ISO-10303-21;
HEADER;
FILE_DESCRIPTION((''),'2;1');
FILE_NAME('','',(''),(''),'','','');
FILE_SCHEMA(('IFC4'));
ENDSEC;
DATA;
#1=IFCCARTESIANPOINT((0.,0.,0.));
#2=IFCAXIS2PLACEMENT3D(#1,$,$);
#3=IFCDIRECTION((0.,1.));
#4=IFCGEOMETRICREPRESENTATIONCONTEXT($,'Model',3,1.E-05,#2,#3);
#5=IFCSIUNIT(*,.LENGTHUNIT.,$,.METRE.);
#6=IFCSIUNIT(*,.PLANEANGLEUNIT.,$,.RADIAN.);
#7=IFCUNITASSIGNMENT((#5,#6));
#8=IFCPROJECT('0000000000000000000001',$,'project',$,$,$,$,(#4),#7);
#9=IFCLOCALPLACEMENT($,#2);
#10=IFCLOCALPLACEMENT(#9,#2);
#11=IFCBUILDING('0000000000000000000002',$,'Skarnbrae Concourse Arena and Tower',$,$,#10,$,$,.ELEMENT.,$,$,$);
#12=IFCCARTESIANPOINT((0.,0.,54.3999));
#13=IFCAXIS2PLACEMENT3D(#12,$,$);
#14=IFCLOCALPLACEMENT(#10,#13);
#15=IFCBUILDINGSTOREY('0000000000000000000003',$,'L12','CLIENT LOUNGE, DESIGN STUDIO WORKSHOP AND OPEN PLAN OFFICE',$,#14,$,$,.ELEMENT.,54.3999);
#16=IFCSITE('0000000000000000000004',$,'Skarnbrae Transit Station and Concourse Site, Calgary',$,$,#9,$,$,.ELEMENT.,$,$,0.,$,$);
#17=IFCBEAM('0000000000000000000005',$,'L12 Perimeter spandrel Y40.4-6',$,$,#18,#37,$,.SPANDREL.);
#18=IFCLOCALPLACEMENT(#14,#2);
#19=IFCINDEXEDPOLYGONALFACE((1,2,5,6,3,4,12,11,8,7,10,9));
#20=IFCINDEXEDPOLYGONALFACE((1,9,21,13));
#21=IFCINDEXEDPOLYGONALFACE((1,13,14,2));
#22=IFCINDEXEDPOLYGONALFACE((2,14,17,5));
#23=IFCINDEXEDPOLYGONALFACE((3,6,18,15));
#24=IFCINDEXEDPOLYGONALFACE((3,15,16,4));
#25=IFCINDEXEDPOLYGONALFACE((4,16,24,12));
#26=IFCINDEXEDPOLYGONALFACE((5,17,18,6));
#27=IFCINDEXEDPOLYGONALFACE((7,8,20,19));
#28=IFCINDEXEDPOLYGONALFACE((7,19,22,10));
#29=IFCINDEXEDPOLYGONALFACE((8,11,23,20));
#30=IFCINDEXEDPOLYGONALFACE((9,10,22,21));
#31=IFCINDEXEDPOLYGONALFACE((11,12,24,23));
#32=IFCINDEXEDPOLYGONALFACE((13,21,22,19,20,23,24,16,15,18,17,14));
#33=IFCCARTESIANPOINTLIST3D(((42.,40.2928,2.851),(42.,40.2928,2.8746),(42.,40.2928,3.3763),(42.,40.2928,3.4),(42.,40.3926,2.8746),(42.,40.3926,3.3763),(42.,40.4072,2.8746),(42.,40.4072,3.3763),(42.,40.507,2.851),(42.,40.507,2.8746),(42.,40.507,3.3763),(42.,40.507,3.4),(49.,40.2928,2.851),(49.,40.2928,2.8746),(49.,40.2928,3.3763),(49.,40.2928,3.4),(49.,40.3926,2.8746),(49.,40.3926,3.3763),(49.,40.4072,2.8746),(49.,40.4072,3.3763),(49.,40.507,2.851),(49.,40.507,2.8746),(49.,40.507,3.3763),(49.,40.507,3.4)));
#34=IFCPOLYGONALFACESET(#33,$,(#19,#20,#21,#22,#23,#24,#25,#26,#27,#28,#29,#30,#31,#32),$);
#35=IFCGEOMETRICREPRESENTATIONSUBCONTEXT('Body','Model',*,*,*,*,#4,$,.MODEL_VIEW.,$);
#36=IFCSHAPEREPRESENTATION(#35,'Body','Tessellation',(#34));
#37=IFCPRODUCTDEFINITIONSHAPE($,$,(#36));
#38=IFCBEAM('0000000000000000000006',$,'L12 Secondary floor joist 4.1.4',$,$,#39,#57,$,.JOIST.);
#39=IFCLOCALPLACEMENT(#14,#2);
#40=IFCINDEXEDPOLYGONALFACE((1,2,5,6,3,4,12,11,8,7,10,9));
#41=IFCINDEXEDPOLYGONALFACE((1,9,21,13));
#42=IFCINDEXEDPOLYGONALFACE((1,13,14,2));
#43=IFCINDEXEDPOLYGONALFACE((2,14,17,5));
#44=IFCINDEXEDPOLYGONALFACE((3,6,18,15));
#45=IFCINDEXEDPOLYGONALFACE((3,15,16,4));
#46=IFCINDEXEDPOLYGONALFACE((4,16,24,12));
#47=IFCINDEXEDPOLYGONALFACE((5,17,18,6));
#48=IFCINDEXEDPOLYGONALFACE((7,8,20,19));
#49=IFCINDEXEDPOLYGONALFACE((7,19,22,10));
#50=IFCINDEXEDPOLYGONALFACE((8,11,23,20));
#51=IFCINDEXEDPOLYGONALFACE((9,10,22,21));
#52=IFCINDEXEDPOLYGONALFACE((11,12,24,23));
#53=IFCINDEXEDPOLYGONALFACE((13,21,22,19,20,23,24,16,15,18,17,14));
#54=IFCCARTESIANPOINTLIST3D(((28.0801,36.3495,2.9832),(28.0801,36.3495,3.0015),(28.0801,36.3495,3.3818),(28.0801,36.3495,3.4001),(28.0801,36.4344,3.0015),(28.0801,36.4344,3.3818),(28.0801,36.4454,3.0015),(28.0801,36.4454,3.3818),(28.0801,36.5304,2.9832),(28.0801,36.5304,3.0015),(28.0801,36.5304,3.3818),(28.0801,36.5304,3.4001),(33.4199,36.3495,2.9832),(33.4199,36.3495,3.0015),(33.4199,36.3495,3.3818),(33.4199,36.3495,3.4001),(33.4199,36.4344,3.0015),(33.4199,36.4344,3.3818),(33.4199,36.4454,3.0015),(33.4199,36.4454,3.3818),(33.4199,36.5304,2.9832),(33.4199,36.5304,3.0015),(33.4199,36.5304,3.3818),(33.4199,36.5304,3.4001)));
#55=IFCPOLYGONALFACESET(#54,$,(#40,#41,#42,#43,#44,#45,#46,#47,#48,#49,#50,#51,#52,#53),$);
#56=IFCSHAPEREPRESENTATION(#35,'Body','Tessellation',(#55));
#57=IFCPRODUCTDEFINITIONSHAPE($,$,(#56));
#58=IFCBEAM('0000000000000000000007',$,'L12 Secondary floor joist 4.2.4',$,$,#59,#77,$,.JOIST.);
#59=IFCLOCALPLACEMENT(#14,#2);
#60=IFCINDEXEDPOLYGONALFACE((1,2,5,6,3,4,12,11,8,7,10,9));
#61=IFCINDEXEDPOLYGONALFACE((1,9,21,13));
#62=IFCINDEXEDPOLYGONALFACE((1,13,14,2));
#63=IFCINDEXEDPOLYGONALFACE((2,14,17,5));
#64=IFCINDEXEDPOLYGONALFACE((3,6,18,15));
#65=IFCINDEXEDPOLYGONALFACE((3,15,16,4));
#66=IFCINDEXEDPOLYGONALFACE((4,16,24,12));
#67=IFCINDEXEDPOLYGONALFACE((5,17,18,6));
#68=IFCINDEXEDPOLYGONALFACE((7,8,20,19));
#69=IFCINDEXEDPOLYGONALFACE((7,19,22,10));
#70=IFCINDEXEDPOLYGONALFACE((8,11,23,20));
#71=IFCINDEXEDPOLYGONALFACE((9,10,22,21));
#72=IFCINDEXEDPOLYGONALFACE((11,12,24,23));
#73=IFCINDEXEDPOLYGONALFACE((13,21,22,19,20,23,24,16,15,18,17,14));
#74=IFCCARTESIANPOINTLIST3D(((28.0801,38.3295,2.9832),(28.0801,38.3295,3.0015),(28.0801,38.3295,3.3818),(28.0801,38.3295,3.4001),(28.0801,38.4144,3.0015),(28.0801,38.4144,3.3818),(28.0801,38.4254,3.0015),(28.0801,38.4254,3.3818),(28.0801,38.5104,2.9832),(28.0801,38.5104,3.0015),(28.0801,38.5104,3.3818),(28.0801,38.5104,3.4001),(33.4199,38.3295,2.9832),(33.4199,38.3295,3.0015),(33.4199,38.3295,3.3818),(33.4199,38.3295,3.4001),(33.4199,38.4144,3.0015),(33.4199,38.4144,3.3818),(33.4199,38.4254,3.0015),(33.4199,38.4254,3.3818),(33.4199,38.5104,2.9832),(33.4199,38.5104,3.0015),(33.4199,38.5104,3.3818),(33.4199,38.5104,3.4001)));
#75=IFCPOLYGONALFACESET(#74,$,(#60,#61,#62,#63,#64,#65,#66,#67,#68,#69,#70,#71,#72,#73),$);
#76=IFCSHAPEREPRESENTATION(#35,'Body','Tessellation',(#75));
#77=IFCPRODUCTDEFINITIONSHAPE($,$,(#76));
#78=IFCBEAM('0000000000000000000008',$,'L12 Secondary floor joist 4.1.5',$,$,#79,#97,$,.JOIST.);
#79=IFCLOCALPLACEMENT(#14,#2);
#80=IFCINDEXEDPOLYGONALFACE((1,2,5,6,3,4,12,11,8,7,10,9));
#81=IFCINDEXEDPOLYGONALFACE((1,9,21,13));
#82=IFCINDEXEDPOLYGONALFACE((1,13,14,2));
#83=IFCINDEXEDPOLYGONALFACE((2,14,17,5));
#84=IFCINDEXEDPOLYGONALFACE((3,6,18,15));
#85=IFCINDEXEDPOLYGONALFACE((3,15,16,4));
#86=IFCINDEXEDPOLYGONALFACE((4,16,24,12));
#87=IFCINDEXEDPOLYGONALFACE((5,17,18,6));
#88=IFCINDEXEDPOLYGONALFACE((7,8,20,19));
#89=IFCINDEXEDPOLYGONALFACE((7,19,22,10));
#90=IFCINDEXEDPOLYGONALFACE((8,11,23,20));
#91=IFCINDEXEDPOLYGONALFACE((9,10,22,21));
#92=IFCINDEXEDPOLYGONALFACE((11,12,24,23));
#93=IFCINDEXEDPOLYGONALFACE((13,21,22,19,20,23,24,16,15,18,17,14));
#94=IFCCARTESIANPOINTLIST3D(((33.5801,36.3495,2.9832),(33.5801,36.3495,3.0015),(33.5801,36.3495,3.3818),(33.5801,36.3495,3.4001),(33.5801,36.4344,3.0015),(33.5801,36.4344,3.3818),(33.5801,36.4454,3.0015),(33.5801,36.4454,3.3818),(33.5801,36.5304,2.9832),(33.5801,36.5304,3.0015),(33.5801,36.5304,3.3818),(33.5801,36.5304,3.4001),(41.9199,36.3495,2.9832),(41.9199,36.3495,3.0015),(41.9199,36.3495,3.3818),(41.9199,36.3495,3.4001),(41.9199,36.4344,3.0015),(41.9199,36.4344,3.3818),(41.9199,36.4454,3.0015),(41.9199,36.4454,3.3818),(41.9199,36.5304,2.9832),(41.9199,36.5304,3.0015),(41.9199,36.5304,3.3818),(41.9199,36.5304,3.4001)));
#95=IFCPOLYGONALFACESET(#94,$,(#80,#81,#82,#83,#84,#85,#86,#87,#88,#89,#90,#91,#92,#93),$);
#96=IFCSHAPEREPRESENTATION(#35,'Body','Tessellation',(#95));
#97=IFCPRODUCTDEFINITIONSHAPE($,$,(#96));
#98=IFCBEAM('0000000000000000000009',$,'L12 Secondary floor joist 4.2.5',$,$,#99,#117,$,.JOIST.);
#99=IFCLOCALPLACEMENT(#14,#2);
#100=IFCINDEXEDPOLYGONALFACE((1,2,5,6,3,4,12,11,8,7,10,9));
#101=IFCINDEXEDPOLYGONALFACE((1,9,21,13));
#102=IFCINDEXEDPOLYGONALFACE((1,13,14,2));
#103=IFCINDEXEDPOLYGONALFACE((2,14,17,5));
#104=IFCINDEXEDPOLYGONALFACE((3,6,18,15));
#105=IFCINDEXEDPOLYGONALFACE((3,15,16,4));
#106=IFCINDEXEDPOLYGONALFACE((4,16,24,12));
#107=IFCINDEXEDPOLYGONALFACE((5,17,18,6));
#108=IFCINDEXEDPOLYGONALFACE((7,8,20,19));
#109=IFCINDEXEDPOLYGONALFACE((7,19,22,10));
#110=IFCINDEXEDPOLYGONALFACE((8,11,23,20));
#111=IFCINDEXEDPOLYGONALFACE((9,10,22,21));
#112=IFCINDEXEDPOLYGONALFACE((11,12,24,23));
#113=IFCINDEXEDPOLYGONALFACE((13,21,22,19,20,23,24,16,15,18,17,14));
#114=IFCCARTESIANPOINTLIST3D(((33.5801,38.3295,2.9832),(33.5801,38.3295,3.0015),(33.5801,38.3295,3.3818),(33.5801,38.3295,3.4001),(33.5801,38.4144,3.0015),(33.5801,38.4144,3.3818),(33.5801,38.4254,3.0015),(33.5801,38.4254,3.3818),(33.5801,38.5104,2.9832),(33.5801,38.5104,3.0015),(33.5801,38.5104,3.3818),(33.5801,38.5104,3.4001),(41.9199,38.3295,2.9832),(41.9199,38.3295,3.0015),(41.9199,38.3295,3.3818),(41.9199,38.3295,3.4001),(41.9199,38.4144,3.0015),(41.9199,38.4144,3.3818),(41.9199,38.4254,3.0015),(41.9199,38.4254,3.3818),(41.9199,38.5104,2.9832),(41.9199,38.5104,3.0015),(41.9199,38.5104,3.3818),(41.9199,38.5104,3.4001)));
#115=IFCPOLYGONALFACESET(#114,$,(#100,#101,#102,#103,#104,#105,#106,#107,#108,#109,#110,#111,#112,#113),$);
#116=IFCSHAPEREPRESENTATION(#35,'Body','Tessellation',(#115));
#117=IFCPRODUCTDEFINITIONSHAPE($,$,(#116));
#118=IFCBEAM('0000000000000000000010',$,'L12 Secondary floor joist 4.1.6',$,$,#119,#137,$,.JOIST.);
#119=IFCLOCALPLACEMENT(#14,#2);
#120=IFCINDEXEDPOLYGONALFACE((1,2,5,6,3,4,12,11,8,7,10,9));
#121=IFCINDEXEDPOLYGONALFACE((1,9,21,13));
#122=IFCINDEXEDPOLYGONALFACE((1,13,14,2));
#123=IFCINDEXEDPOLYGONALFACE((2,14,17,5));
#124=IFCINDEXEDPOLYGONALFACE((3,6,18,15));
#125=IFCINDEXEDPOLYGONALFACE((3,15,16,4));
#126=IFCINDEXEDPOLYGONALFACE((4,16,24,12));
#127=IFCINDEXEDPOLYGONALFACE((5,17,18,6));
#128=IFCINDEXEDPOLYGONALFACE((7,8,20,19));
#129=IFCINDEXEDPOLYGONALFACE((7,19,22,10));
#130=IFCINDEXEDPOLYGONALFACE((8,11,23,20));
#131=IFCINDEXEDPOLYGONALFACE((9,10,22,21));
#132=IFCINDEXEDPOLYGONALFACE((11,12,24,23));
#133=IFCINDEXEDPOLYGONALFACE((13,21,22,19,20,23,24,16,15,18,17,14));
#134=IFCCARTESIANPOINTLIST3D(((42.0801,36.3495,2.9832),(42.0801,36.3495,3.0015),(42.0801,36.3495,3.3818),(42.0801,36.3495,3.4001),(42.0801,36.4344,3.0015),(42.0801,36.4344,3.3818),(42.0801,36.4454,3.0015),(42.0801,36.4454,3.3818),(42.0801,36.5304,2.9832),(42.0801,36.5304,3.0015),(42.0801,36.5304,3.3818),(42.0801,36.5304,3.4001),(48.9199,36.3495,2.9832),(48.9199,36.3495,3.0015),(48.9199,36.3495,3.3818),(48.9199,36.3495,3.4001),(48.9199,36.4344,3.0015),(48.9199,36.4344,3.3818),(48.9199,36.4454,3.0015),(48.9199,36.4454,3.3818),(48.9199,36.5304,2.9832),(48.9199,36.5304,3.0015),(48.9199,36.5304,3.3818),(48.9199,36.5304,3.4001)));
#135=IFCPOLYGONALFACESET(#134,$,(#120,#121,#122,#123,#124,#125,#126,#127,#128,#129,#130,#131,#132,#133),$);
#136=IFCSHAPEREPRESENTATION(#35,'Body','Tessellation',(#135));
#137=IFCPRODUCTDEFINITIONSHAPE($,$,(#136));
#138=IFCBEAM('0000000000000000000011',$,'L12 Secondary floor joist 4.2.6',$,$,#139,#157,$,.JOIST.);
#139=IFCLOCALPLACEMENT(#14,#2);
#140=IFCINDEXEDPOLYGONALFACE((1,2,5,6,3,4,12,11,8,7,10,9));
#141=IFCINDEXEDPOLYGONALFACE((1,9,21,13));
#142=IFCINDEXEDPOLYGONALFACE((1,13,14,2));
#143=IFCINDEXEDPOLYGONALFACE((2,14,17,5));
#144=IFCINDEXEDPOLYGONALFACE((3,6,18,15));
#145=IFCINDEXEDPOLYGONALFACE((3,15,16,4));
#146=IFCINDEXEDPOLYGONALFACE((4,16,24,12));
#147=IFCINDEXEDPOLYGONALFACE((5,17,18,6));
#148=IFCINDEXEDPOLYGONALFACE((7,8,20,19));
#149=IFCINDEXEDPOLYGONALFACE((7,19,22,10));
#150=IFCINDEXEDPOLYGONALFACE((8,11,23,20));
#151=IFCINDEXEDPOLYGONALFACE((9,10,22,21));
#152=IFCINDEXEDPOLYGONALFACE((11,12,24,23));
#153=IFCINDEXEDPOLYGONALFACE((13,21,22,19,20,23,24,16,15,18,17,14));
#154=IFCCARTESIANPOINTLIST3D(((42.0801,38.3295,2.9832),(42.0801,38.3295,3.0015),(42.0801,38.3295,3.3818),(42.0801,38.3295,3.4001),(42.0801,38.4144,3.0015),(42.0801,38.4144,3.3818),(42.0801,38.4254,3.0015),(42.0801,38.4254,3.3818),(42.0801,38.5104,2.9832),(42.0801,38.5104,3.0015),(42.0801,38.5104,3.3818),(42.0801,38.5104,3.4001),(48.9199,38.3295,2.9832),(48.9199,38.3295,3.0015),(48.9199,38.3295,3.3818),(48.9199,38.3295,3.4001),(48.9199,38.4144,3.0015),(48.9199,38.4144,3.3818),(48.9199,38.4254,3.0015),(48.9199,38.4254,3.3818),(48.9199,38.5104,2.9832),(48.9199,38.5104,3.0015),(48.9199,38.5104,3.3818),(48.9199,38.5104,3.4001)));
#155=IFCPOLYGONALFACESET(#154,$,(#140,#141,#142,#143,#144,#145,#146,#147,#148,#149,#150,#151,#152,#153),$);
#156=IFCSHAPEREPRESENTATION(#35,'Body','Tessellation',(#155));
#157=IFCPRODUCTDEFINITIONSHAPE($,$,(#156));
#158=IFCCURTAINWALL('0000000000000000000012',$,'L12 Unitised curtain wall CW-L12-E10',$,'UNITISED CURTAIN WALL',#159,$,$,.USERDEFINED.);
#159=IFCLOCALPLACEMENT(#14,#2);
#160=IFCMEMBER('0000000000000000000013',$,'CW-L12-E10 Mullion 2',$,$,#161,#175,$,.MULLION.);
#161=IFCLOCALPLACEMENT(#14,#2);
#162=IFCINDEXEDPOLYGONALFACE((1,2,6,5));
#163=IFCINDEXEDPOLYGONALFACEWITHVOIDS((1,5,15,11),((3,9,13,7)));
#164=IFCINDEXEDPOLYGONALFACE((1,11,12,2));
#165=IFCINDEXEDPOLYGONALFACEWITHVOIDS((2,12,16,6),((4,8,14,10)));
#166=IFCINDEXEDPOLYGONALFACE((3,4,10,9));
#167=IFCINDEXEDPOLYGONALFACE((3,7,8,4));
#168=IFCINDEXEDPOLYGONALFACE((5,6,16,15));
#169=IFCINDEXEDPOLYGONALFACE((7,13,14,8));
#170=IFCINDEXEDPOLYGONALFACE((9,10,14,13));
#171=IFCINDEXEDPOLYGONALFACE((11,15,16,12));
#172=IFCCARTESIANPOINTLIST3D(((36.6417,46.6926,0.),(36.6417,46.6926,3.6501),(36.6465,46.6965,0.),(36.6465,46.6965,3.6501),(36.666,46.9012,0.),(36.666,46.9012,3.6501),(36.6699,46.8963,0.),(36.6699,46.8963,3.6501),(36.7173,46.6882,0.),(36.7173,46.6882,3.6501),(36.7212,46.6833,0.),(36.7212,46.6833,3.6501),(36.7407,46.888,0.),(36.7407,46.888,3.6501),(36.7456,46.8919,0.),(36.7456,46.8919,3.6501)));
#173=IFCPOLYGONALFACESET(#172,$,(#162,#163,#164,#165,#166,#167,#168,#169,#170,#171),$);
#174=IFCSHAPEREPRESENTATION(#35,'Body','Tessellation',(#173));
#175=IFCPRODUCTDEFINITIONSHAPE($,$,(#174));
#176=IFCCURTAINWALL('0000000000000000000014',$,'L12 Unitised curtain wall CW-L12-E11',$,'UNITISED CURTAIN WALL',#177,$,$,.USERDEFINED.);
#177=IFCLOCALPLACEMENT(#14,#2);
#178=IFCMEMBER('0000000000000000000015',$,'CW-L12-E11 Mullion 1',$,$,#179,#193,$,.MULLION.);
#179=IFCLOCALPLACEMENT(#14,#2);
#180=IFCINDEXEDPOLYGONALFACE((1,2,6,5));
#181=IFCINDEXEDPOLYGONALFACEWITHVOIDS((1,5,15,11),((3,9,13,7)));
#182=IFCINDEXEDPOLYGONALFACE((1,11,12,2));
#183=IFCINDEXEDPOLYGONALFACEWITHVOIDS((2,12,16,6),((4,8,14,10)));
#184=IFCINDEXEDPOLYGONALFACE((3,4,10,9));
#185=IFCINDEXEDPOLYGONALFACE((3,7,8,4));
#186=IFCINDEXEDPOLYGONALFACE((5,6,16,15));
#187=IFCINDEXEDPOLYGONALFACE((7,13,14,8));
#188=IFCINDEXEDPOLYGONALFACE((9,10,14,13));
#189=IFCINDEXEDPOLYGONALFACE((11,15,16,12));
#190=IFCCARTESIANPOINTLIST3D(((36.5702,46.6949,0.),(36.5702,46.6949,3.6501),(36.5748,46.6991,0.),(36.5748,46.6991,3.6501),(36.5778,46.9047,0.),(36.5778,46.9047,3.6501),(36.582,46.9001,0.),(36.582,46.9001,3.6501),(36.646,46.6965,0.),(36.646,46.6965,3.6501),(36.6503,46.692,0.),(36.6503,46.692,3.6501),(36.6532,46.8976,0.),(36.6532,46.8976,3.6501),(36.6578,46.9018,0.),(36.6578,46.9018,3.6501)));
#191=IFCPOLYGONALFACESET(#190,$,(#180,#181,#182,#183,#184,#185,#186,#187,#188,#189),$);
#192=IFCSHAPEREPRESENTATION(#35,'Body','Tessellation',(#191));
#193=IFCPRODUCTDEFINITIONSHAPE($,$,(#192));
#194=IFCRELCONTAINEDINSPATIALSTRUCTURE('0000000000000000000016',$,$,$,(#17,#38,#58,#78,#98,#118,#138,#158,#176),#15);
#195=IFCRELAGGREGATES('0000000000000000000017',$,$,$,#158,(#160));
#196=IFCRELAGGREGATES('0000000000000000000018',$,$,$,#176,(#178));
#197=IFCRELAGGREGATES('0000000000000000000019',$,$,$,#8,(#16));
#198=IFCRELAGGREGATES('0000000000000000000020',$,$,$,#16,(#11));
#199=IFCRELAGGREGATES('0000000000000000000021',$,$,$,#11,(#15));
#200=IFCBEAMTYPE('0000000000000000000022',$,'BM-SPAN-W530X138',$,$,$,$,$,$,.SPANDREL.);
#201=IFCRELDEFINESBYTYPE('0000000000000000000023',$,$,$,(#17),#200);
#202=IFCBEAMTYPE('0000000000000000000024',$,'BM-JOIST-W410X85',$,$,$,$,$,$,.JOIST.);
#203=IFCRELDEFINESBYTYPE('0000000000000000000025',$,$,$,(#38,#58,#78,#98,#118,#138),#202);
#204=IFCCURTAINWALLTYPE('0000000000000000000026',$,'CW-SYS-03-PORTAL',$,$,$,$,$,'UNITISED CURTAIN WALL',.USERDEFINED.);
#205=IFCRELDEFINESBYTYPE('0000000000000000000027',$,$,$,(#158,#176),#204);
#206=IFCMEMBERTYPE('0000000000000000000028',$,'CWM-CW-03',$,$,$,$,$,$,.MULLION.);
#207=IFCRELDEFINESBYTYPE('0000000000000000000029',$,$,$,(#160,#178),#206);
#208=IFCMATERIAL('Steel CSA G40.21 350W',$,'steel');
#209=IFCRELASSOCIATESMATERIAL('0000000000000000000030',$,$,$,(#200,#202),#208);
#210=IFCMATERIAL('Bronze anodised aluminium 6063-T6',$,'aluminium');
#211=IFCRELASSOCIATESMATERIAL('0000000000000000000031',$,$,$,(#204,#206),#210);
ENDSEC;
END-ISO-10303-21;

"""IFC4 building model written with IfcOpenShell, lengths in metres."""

from ifc_helpers import new_model, si_unit, direction, frame, origin, origin_2d, place, context, subcontext, project, spatial, hollow_rectangle, i_section, extrude, source, transform, mapped, material, material_profile, profile_set, type_object, element, aggregate, save


model = new_model("IFC4")

# Units and contexts
model_context = context("Model", 3, precision=1e-05, world=origin(), true_north=direction((0.0, 1.0)))
body_context = subcontext(model_context, "Body", "Model", "MODEL_VIEW")
ifc_project = project(units=[si_unit("LENGTHUNIT", "METRE"), si_unit("PLANEANGLEUNIT", "RADIAN")], contexts=[model_context])

# Site, building, storey
site_placement = place(None, origin())
site = spatial("IfcSite", under=ifc_project, at=site_placement, Name="Skarnbrae Transit Station and Concourse Site, Calgary", CompositionType="ELEMENT", RefElevation=0.0)
building_placement = place(site_placement, origin())
building = spatial("IfcBuilding", under=site, at=building_placement, Name="Skarnbrae Concourse Arena and Tower", CompositionType="ELEMENT")
storey_placement = place(building_placement, frame((0.0, 0.0, 54.3999)))
storey = spatial("IfcBuildingStorey", under=building, at=storey_placement, Name="L12", Description="CLIENT LOUNGE, DESIGN STUDIO WORKSHOP AND OPEN PLAN OFFICE", CompositionType="ELEMENT", Elevation=54.3999)

# Shared definitions
ifc_material_1 = material(Name="Steel CSA G40.21 350W", Category="steel")

# Beams
ifc_material_profile_1 = material_profile(ifc_material_1, i_section(OverallWidth=0.2141, OverallDepth=0.5491, WebThickness=0.0146, FlangeThickness=0.0237, at=origin_2d()), Name="W530X138")
ifc_profile_set_1 = profile_set([ifc_material_profile_1], Name="Steel CSA G40.21 350W")
beam_type_1 = type_object("IfcBeamType", Name="BM-SPAN-W530X138", PredefinedType="SPANDREL", material=ifc_profile_set_1)
shared_shape_1 = source(origin(), body_context, "Body", "SweptSolid", [
    extrude(i_section(OverallWidth=0.2141, OverallDepth=0.5491, WebThickness=0.0146, FlangeThickness=0.0237, at=origin_2d()), origin(), (0.0, 0.0, 1.0), 7.0),
])
beam_1_placement = place(storey_placement, frame((42.0, 40.3999, 3.1255), z_axis=(1.0, 0.0, 0.0), x_axis=(0.0, 1.0, 0.0)))
element("IfcBeam", 1, at=beam_1_placement, inside=storey, type_object=beam_type_1, Name="L12 Perimeter spandrel Y40.4-6", PredefinedType="SPANDREL", context=body_context, shape_type="MappedRepresentation", body=[
    mapped(shared_shape_1, transform((0.0, 0.0, 0.0))),
])
ifc_material_profile_2 = material_profile(ifc_material_1, i_section(OverallWidth=0.1809, OverallDepth=0.417, WebThickness=0.011, FlangeThickness=0.0183, at=origin_2d()), Name="W410X85")
ifc_profile_set_2 = profile_set([ifc_material_profile_2], Name="Steel CSA G40.21 350W")
beam_type_2 = type_object("IfcBeamType", Name="BM-JOIST-W410X85", PredefinedType="JOIST", material=ifc_profile_set_2)
shared_shape_2 = source(origin(), body_context, "Body", "SweptSolid", [
    extrude(i_section(OverallWidth=0.1809, OverallDepth=0.417, WebThickness=0.011, FlangeThickness=0.0183, at=origin_2d()), origin(), (0.0, 0.0, 1.0), 5.3398),
])
for number, where, z_axis, x_axis, name in (
    (2, (28.0801, 36.4399, 3.1917), (1.0, 0.0, 0.0), (0.0, 1.0, 0.0), "L12 Secondary floor joist 4.1.4"),
    (3, (28.0801, 38.4199, 3.1917), (1.0, 0.0, 0.0), (0.0, 1.0, 0.0), "L12 Secondary floor joist 4.2.4"),
):
    element("IfcBeam", number, at=place(storey_placement, frame(where, z_axis=z_axis, x_axis=x_axis)), inside=storey, type_object=beam_type_2, Name=name, PredefinedType="JOIST", context=body_context, shape_type="MappedRepresentation", body=[
        mapped(shared_shape_2, transform((0.0, 0.0, 0.0))),
    ])
shared_shape_3 = source(origin(), body_context, "Body", "SweptSolid", [
    extrude(i_section(OverallWidth=0.1809, OverallDepth=0.417, WebThickness=0.011, FlangeThickness=0.0183, at=origin_2d()), origin(), (0.0, 0.0, 1.0), 8.3398),
])
for number, where, z_axis, x_axis, name in (
    (4, (33.5801, 36.4399, 3.1917), (1.0, 0.0, 0.0), (0.0, 1.0, 0.0), "L12 Secondary floor joist 4.1.5"),
    (5, (33.5801, 38.4199, 3.1917), (1.0, 0.0, 0.0), (0.0, 1.0, 0.0), "L12 Secondary floor joist 4.2.5"),
):
    element("IfcBeam", number, at=place(storey_placement, frame(where, z_axis=z_axis, x_axis=x_axis)), inside=storey, type_object=beam_type_2, Name=name, PredefinedType="JOIST", context=body_context, shape_type="MappedRepresentation", body=[
        mapped(shared_shape_3, transform((0.0, 0.0, 0.0))),
    ])
shared_shape_4 = source(origin(), body_context, "Body", "SweptSolid", [
    extrude(i_section(OverallWidth=0.1809, OverallDepth=0.417, WebThickness=0.011, FlangeThickness=0.0183, at=origin_2d()), origin(), (0.0, 0.0, 1.0), 6.8398),
])
for number, where, z_axis, x_axis, name in (
    (6, (42.0801, 36.4399, 3.1917), (1.0, 0.0, 0.0), (0.0, 1.0, 0.0), "L12 Secondary floor joist 4.1.6"),
    (7, (42.0801, 38.4199, 3.1917), (1.0, 0.0, 0.0), (0.0, 1.0, 0.0), "L12 Secondary floor joist 4.2.6"),
):
    element("IfcBeam", number, at=place(storey_placement, frame(where, z_axis=z_axis, x_axis=x_axis)), inside=storey, type_object=beam_type_2, Name=name, PredefinedType="JOIST", context=body_context, shape_type="MappedRepresentation", body=[
        mapped(shared_shape_4, transform((0.0, 0.0, 0.0))),
    ])

# Curtain wall, member
ifc_material_2 = material(Name="Bronze anodised aluminium 6063-T6", Category="aluminium")
curtain_wall_type = type_object("IfcCurtainWallType", Name="CW-SYS-03-PORTAL", ElementType="UNITISED CURTAIN WALL", PredefinedType="USERDEFINED", material=ifc_material_2)
curtain_wall_1_placement = place(storey_placement, origin())
curtain_wall_1 = element("IfcCurtainWall", 8, at=curtain_wall_1_placement, inside=storey, type_object=curtain_wall_type, Name="L12 Unitised curtain wall CW-L12-E10", ObjectType="UNITISED CURTAIN WALL", PredefinedType="USERDEFINED")
ifc_material_profile_3 = material_profile(ifc_material_2, hollow_rectangle(XDim=0.0801, YDim=0.21, WallThickness=0.0044, at=origin_2d()), Name="ALU-MULL-80X210")
ifc_profile_set_3 = profile_set([ifc_material_profile_3], Name="Bronze anodised aluminium 6063-T6")
member_type_1 = type_object("IfcMemberType", Name="CWM-CW-03", PredefinedType="MULLION", material=ifc_profile_set_3)
shared_shape_5 = source(origin(), body_context, "Body", "SweptSolid", [
    extrude(hollow_rectangle(XDim=0.0801, YDim=0.21, WallThickness=0.0044, at=origin_2d()), origin(), (0.0, 0.0, 1.0), 3.6501),
])
member_1_placement = place(storey_placement, frame((36.6936, 46.7922, 0.0), z_axis=(0.0, 0.0, 1.0), x_axis=(-0.993245, 0.11604, 0.0)))
member_1 = element("IfcMember", 9, at=member_1_placement, type_object=member_type_1, Name="CW-L12-E10 Mullion 2", PredefinedType="MULLION", context=body_context, shape_type="MappedRepresentation", body=[
    mapped(shared_shape_5, transform((0.0, 0.0, 0.0))),
])

# Curtain wall, member
curtain_wall_2_placement = place(storey_placement, origin())
curtain_wall_2 = element("IfcCurtainWall", 10, at=curtain_wall_2_placement, inside=storey, type_object=curtain_wall_type, Name="L12 Unitised curtain wall CW-L12-E11", ObjectType="UNITISED CURTAIN WALL", PredefinedType="USERDEFINED")
member_2_placement = place(storey_placement, frame((36.614, 46.7983, 0.0), z_axis=(0.0, 0.0, 1.0), x_axis=(-0.999355, 0.035899, 0.0)))
member_2 = element("IfcMember", 11, at=member_2_placement, type_object=member_type_1, Name="CW-L12-E11 Mullion 1", PredefinedType="MULLION", context=body_context, shape_type="MappedRepresentation", body=[
    mapped(shared_shape_5, transform((0.0, 0.0, 0.0))),
])

aggregate(curtain_wall_1, [member_1])
aggregate(curtain_wall_2, [member_2])

save(model, "model.ifc")
